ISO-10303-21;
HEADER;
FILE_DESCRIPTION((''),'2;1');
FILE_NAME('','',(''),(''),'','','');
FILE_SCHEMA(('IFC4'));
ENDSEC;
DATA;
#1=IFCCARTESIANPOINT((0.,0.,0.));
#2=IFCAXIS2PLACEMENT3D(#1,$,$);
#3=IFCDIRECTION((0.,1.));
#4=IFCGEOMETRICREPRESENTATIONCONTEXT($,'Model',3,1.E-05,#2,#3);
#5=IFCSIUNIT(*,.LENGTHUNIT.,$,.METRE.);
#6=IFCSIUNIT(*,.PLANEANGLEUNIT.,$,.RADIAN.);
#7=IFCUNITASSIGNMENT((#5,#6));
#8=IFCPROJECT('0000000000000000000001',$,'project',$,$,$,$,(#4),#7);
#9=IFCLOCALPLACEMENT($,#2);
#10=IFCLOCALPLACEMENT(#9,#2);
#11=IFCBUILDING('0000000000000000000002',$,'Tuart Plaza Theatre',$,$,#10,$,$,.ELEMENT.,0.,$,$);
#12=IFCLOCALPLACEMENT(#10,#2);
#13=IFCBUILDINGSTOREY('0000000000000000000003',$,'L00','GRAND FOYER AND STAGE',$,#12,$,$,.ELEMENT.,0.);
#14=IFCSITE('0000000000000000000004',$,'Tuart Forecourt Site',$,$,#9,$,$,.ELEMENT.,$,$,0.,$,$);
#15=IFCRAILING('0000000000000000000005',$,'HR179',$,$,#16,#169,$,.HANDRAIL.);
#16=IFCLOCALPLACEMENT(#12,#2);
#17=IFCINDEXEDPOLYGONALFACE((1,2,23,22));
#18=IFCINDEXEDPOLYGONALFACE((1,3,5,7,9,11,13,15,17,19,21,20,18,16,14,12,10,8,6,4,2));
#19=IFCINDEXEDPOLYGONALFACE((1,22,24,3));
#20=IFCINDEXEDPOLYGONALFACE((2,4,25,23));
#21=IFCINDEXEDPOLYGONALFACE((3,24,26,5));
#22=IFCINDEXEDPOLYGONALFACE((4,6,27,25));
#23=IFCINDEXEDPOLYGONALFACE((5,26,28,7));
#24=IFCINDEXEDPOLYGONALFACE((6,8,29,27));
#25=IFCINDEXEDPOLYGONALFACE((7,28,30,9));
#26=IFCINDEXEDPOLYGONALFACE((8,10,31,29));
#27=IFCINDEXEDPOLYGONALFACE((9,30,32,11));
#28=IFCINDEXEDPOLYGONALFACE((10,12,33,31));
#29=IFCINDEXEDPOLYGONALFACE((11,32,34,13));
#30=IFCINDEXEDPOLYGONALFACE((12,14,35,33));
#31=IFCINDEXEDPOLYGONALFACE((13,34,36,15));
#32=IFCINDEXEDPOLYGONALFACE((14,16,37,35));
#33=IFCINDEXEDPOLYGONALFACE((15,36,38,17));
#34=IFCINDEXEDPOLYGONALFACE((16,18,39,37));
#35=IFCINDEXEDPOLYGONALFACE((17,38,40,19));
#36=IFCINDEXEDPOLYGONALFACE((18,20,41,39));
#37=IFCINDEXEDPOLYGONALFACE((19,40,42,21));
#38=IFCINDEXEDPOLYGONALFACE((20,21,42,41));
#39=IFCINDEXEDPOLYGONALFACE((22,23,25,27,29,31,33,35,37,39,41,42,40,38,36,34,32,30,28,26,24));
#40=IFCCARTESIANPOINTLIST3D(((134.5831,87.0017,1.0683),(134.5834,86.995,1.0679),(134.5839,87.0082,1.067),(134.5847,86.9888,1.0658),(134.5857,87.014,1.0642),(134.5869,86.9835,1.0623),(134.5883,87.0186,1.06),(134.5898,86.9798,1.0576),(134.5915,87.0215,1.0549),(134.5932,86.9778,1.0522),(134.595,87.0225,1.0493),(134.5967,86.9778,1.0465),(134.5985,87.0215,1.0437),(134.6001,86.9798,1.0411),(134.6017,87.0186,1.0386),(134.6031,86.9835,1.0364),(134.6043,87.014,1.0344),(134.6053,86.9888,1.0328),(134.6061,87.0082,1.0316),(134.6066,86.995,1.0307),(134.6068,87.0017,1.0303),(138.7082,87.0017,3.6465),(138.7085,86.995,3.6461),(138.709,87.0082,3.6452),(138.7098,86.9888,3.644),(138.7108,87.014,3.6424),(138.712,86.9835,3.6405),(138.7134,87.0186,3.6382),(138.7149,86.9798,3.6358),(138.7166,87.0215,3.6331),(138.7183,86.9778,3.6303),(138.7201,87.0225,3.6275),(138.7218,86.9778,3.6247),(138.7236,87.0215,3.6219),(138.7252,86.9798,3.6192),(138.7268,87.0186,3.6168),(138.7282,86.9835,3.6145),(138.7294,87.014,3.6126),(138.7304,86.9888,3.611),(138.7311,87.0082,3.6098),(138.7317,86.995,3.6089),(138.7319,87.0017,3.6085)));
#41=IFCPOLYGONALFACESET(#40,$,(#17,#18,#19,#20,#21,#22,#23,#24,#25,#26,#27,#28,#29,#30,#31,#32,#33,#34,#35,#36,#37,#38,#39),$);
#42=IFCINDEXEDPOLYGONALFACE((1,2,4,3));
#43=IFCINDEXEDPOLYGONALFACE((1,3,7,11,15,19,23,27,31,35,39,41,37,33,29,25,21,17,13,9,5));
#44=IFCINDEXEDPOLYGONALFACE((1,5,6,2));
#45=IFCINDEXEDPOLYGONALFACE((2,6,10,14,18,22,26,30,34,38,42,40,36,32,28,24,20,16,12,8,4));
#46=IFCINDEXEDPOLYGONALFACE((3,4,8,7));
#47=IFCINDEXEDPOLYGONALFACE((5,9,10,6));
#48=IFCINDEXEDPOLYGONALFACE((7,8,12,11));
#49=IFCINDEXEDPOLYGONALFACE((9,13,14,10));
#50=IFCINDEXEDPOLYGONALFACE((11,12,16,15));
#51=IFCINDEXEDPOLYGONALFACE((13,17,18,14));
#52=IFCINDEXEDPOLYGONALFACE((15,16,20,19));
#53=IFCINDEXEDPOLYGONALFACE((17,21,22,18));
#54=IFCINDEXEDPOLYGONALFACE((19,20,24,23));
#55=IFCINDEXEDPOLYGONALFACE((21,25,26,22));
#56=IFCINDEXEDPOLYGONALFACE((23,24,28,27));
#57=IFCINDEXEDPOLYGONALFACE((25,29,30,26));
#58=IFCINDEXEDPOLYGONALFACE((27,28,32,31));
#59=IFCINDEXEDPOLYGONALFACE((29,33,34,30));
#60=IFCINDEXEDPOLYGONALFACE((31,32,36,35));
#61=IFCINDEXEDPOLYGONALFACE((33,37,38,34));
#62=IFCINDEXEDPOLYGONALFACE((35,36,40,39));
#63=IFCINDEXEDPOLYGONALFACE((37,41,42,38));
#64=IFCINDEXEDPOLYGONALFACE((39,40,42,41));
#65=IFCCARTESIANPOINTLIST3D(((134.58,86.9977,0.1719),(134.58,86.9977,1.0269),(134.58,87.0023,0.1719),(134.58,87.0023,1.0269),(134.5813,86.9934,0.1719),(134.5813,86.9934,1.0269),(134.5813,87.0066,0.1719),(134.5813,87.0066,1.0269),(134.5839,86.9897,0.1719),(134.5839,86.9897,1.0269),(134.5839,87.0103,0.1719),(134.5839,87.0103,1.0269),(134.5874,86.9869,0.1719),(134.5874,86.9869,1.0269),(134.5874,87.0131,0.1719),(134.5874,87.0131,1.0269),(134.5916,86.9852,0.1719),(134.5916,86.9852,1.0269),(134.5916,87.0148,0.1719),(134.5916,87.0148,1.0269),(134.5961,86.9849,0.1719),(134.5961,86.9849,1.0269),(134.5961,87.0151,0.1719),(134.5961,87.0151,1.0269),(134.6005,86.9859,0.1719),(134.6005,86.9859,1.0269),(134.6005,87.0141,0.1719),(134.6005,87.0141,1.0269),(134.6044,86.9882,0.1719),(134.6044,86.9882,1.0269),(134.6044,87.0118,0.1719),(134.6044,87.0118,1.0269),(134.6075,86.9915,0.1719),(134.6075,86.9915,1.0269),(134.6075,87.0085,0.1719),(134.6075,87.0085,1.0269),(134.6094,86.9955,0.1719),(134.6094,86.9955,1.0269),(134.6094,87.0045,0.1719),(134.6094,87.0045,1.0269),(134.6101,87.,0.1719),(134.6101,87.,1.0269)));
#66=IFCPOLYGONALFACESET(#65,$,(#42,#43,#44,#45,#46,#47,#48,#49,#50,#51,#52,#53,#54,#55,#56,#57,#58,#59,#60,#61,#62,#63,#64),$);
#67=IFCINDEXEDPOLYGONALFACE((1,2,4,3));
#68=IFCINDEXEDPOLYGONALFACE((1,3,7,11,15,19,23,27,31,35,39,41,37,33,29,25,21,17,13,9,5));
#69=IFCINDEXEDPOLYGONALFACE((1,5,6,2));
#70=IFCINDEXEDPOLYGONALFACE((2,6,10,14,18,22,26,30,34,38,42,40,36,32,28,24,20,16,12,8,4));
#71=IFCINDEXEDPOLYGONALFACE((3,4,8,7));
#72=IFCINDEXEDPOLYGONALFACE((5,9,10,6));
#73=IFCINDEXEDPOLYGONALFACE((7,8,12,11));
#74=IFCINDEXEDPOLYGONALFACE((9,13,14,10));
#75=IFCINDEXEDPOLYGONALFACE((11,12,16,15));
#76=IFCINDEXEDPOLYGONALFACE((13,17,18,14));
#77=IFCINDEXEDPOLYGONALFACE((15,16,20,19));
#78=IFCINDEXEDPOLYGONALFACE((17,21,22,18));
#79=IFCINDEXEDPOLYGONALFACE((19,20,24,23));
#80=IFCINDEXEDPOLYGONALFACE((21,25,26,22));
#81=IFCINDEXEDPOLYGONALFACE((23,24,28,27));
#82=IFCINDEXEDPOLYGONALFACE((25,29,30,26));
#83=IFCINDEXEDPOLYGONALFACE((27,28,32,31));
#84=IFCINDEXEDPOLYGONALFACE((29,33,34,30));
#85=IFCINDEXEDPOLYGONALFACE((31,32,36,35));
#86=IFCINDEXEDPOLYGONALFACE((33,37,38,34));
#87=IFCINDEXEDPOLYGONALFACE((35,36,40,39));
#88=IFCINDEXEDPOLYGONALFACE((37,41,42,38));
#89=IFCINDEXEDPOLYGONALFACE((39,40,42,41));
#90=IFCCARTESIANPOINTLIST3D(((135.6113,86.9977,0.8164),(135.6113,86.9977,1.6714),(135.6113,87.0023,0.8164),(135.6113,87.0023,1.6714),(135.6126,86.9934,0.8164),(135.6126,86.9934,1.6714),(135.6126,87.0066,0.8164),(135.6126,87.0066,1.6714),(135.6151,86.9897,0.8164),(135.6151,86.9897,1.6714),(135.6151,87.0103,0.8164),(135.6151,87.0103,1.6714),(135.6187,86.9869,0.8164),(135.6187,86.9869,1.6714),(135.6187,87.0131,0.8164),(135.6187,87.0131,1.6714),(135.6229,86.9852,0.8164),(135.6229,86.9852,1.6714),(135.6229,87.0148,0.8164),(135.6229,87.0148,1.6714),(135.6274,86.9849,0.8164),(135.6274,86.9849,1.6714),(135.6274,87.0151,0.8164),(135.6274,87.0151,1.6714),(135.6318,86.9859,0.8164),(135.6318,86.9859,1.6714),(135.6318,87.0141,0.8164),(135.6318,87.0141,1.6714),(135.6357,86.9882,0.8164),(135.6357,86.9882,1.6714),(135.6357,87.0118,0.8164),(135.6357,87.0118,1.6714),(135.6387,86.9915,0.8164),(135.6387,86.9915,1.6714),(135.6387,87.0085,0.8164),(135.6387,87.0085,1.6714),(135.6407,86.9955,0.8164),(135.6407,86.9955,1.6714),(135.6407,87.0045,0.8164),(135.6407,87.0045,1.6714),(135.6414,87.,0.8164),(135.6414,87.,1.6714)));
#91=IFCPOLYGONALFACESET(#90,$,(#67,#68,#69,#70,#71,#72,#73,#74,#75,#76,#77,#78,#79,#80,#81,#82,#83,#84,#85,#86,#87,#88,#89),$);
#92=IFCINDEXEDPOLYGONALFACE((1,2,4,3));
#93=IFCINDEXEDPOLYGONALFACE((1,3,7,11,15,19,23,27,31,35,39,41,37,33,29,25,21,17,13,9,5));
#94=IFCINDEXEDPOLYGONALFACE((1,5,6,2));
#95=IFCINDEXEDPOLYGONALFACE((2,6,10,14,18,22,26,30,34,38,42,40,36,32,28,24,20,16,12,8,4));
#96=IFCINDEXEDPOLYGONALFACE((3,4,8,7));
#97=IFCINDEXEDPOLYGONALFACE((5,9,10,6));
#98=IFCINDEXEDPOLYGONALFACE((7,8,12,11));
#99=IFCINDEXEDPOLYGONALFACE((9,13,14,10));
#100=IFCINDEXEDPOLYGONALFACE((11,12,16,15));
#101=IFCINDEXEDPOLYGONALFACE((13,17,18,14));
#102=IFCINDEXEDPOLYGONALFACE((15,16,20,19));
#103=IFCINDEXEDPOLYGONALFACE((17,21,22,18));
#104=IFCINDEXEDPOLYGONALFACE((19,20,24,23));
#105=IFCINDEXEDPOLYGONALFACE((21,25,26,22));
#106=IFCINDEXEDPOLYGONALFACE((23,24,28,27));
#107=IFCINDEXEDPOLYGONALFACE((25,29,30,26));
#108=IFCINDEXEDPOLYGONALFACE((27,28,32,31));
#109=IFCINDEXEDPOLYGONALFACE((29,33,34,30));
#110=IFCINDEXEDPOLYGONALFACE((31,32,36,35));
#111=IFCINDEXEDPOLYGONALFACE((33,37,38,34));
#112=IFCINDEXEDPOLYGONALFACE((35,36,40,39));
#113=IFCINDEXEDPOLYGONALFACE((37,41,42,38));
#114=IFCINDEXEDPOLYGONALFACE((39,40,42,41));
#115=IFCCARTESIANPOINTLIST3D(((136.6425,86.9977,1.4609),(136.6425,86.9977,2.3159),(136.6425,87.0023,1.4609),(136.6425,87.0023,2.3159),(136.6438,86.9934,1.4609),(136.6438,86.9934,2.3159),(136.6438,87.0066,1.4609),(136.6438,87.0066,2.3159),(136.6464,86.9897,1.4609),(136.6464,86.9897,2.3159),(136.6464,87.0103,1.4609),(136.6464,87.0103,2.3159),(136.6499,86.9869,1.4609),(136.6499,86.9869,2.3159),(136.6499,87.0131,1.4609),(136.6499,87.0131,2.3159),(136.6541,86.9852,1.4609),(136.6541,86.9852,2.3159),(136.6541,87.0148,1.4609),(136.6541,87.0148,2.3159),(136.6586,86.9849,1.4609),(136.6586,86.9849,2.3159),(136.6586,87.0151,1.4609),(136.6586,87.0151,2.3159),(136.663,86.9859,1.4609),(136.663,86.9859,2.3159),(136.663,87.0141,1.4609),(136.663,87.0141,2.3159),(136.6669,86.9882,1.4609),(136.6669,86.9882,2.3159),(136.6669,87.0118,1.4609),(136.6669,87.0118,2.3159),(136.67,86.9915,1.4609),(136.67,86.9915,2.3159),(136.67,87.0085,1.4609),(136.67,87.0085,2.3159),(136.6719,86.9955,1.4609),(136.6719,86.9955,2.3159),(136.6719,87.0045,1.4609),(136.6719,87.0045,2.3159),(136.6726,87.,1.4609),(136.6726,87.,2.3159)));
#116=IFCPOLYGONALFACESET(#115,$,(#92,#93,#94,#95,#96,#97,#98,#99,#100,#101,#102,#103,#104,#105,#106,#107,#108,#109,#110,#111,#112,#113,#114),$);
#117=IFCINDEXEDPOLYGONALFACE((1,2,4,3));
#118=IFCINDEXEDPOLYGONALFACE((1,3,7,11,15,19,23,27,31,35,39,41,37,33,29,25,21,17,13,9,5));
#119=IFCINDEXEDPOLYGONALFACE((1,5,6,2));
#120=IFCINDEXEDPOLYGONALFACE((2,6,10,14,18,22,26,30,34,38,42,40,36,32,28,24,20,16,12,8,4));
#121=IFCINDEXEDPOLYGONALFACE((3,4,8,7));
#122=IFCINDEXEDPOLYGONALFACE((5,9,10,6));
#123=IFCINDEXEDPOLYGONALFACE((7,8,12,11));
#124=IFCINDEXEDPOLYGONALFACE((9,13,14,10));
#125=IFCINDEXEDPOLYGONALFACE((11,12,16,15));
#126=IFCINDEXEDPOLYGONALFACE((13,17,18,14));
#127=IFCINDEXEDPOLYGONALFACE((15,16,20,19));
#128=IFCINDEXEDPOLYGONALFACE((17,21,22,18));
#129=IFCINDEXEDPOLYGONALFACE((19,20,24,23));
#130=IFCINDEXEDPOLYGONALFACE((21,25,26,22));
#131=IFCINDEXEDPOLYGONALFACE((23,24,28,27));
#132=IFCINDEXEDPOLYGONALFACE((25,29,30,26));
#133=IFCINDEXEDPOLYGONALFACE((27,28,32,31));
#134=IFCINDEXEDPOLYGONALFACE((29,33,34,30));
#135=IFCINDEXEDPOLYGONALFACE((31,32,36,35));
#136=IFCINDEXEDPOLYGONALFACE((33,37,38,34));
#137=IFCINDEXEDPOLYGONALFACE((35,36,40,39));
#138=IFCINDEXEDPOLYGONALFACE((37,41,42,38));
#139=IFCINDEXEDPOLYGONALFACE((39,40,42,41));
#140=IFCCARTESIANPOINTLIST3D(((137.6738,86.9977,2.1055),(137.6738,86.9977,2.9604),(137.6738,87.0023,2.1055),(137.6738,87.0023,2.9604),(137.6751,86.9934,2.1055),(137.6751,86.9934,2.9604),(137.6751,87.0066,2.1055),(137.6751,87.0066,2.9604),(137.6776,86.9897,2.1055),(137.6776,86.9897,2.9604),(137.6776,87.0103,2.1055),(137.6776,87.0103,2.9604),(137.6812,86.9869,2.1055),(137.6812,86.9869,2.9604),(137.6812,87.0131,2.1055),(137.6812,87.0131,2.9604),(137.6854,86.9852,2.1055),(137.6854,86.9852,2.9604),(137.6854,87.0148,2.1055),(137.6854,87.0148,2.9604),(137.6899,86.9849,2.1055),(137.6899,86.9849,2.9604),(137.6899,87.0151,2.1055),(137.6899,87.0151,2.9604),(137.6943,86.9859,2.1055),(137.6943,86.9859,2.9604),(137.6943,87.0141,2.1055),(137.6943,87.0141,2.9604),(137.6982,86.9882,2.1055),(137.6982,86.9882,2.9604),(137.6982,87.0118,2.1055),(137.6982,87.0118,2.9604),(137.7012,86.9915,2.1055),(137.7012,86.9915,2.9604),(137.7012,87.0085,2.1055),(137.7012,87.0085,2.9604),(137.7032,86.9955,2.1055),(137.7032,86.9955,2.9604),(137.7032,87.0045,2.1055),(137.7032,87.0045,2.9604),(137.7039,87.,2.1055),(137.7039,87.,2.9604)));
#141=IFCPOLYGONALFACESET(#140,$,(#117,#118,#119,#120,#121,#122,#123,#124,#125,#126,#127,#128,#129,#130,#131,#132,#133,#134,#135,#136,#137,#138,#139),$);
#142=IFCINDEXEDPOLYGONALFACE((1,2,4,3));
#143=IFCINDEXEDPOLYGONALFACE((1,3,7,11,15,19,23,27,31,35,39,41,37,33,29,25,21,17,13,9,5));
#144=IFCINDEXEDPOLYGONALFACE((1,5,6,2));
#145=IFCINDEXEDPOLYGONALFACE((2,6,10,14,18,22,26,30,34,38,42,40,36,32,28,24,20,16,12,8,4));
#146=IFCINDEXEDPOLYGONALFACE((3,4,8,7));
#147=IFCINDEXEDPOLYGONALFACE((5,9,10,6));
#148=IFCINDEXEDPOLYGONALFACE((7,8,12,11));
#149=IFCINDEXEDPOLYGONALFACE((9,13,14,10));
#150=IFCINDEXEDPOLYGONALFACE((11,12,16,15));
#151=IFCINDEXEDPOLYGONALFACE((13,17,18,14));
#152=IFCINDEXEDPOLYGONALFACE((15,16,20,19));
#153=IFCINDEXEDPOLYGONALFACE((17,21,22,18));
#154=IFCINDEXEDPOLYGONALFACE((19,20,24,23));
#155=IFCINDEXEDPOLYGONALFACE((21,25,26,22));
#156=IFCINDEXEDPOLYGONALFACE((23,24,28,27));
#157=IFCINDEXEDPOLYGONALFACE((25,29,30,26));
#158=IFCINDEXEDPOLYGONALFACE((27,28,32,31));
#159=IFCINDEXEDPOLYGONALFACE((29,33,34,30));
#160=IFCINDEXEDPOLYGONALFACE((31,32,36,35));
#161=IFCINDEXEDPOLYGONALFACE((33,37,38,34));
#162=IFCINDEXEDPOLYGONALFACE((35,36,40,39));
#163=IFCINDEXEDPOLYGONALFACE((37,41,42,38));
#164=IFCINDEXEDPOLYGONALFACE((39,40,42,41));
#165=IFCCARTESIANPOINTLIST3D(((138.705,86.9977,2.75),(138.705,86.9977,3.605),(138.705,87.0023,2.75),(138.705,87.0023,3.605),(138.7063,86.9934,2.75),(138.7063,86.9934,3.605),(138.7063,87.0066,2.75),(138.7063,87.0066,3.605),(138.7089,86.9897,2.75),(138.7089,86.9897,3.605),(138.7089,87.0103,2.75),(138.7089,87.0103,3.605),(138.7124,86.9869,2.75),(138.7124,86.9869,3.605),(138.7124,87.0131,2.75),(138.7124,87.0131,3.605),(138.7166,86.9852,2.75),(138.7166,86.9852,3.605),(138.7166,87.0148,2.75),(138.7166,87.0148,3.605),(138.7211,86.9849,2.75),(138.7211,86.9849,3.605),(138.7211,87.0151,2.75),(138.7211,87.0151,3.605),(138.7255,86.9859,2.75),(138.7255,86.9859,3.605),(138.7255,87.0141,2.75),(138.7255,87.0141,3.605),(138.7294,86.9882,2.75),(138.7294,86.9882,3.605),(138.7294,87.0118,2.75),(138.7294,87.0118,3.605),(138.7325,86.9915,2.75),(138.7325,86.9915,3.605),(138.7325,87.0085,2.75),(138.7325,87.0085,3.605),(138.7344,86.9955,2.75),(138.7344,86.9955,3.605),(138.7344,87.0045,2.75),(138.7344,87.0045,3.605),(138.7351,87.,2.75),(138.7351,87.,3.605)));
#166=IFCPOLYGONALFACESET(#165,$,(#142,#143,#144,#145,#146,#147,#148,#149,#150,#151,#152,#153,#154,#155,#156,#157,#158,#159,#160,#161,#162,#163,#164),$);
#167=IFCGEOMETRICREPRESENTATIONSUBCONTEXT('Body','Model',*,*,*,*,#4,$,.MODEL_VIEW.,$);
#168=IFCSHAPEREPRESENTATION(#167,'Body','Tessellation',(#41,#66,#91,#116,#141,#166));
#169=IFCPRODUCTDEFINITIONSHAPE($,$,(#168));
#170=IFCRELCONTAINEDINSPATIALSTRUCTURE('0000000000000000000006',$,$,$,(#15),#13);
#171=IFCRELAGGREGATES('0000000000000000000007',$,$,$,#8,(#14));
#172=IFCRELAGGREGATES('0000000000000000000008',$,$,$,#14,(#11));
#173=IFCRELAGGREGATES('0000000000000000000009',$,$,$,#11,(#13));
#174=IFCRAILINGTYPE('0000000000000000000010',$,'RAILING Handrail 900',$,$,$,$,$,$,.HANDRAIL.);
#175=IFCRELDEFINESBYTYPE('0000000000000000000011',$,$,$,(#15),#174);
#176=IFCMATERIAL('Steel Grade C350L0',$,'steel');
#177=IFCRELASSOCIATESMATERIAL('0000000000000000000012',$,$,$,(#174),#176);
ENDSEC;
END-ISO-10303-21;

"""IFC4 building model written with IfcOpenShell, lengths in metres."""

from ifc_helpers import new_model, si_unit, direction, frame, origin, origin_2d, place, context, subcontext, project, spatial, circle, extrude, material, type_object, element, save


model = new_model("IFC4")

# Units and contexts
model_context = context("Model", 3, precision=1e-05, world=origin(), true_north=direction((0.0, 1.0)))
body_context = subcontext(model_context, "Body", "Model", "MODEL_VIEW")
ifc_project = project(units=[si_unit("LENGTHUNIT", "METRE"), si_unit("PLANEANGLEUNIT", "RADIAN")], contexts=[model_context])

# Site, building, storey
site_placement = place(None, origin())
site = spatial("IfcSite", under=ifc_project, at=site_placement, Name="Tuart Forecourt Site", CompositionType="ELEMENT", RefElevation=0.0)
building_placement = place(site_placement, origin())
building = spatial("IfcBuilding", under=site, at=building_placement, Name="Tuart Plaza Theatre", CompositionType="ELEMENT", ElevationOfRefHeight=0.0)
storey_placement = place(building_placement, origin())
storey = spatial("IfcBuildingStorey", under=building, at=storey_placement, Name="L00", Description="GRAND FOYER AND STAGE", CompositionType="ELEMENT", Elevation=0.0)

# Railing
ifc_material_1 = material(Name="Steel Grade C350L0", Category="steel")
railing_type_1 = type_object("IfcRailingType", Name="RAILING Handrail 900", PredefinedType="HANDRAIL", material=ifc_material_1)
for number, where, name in (
    (1, (134.595, 87.0, 0.1719), "HR179"),
):
    element("IfcRailing", number, at=place(storey_placement, frame(where)), inside=storey, type_object=railing_type_1, Name=name, PredefinedType="HANDRAIL", context=body_context, shape_type="SweptSolid", body=[
        extrude(circle(Radius=0.0225, at=origin_2d()), frame((0.0, 0.0, 0.8774), z_axis=(0.847998, 0.0, 0.529999), x_axis=(0.0, 1.0, 0.0)), (0.0, 0.0, 1.0), 4.8645),
        extrude(circle(Radius=0.0151, at=origin_2d()), origin(), (0.0, 0.0, 1.0), 0.855),
        extrude(circle(Radius=0.0151, at=origin_2d()), frame((1.0312, 0.0, 0.6445)), (0.0, 0.0, 1.0), 0.855),
        extrude(circle(Radius=0.0151, at=origin_2d()), frame((2.0625, 0.0, 1.2891)), (0.0, 0.0, 1.0), 0.855),
        extrude(circle(Radius=0.0151, at=origin_2d()), frame((3.0938, 0.0, 1.9336)), (0.0, 0.0, 1.0), 0.855),
        extrude(circle(Radius=0.0151, at=origin_2d()), frame((4.125, 0.0, 2.5781)), (0.0, 0.0, 1.0), 0.855),
    ])

save(model, "model.ifc")
